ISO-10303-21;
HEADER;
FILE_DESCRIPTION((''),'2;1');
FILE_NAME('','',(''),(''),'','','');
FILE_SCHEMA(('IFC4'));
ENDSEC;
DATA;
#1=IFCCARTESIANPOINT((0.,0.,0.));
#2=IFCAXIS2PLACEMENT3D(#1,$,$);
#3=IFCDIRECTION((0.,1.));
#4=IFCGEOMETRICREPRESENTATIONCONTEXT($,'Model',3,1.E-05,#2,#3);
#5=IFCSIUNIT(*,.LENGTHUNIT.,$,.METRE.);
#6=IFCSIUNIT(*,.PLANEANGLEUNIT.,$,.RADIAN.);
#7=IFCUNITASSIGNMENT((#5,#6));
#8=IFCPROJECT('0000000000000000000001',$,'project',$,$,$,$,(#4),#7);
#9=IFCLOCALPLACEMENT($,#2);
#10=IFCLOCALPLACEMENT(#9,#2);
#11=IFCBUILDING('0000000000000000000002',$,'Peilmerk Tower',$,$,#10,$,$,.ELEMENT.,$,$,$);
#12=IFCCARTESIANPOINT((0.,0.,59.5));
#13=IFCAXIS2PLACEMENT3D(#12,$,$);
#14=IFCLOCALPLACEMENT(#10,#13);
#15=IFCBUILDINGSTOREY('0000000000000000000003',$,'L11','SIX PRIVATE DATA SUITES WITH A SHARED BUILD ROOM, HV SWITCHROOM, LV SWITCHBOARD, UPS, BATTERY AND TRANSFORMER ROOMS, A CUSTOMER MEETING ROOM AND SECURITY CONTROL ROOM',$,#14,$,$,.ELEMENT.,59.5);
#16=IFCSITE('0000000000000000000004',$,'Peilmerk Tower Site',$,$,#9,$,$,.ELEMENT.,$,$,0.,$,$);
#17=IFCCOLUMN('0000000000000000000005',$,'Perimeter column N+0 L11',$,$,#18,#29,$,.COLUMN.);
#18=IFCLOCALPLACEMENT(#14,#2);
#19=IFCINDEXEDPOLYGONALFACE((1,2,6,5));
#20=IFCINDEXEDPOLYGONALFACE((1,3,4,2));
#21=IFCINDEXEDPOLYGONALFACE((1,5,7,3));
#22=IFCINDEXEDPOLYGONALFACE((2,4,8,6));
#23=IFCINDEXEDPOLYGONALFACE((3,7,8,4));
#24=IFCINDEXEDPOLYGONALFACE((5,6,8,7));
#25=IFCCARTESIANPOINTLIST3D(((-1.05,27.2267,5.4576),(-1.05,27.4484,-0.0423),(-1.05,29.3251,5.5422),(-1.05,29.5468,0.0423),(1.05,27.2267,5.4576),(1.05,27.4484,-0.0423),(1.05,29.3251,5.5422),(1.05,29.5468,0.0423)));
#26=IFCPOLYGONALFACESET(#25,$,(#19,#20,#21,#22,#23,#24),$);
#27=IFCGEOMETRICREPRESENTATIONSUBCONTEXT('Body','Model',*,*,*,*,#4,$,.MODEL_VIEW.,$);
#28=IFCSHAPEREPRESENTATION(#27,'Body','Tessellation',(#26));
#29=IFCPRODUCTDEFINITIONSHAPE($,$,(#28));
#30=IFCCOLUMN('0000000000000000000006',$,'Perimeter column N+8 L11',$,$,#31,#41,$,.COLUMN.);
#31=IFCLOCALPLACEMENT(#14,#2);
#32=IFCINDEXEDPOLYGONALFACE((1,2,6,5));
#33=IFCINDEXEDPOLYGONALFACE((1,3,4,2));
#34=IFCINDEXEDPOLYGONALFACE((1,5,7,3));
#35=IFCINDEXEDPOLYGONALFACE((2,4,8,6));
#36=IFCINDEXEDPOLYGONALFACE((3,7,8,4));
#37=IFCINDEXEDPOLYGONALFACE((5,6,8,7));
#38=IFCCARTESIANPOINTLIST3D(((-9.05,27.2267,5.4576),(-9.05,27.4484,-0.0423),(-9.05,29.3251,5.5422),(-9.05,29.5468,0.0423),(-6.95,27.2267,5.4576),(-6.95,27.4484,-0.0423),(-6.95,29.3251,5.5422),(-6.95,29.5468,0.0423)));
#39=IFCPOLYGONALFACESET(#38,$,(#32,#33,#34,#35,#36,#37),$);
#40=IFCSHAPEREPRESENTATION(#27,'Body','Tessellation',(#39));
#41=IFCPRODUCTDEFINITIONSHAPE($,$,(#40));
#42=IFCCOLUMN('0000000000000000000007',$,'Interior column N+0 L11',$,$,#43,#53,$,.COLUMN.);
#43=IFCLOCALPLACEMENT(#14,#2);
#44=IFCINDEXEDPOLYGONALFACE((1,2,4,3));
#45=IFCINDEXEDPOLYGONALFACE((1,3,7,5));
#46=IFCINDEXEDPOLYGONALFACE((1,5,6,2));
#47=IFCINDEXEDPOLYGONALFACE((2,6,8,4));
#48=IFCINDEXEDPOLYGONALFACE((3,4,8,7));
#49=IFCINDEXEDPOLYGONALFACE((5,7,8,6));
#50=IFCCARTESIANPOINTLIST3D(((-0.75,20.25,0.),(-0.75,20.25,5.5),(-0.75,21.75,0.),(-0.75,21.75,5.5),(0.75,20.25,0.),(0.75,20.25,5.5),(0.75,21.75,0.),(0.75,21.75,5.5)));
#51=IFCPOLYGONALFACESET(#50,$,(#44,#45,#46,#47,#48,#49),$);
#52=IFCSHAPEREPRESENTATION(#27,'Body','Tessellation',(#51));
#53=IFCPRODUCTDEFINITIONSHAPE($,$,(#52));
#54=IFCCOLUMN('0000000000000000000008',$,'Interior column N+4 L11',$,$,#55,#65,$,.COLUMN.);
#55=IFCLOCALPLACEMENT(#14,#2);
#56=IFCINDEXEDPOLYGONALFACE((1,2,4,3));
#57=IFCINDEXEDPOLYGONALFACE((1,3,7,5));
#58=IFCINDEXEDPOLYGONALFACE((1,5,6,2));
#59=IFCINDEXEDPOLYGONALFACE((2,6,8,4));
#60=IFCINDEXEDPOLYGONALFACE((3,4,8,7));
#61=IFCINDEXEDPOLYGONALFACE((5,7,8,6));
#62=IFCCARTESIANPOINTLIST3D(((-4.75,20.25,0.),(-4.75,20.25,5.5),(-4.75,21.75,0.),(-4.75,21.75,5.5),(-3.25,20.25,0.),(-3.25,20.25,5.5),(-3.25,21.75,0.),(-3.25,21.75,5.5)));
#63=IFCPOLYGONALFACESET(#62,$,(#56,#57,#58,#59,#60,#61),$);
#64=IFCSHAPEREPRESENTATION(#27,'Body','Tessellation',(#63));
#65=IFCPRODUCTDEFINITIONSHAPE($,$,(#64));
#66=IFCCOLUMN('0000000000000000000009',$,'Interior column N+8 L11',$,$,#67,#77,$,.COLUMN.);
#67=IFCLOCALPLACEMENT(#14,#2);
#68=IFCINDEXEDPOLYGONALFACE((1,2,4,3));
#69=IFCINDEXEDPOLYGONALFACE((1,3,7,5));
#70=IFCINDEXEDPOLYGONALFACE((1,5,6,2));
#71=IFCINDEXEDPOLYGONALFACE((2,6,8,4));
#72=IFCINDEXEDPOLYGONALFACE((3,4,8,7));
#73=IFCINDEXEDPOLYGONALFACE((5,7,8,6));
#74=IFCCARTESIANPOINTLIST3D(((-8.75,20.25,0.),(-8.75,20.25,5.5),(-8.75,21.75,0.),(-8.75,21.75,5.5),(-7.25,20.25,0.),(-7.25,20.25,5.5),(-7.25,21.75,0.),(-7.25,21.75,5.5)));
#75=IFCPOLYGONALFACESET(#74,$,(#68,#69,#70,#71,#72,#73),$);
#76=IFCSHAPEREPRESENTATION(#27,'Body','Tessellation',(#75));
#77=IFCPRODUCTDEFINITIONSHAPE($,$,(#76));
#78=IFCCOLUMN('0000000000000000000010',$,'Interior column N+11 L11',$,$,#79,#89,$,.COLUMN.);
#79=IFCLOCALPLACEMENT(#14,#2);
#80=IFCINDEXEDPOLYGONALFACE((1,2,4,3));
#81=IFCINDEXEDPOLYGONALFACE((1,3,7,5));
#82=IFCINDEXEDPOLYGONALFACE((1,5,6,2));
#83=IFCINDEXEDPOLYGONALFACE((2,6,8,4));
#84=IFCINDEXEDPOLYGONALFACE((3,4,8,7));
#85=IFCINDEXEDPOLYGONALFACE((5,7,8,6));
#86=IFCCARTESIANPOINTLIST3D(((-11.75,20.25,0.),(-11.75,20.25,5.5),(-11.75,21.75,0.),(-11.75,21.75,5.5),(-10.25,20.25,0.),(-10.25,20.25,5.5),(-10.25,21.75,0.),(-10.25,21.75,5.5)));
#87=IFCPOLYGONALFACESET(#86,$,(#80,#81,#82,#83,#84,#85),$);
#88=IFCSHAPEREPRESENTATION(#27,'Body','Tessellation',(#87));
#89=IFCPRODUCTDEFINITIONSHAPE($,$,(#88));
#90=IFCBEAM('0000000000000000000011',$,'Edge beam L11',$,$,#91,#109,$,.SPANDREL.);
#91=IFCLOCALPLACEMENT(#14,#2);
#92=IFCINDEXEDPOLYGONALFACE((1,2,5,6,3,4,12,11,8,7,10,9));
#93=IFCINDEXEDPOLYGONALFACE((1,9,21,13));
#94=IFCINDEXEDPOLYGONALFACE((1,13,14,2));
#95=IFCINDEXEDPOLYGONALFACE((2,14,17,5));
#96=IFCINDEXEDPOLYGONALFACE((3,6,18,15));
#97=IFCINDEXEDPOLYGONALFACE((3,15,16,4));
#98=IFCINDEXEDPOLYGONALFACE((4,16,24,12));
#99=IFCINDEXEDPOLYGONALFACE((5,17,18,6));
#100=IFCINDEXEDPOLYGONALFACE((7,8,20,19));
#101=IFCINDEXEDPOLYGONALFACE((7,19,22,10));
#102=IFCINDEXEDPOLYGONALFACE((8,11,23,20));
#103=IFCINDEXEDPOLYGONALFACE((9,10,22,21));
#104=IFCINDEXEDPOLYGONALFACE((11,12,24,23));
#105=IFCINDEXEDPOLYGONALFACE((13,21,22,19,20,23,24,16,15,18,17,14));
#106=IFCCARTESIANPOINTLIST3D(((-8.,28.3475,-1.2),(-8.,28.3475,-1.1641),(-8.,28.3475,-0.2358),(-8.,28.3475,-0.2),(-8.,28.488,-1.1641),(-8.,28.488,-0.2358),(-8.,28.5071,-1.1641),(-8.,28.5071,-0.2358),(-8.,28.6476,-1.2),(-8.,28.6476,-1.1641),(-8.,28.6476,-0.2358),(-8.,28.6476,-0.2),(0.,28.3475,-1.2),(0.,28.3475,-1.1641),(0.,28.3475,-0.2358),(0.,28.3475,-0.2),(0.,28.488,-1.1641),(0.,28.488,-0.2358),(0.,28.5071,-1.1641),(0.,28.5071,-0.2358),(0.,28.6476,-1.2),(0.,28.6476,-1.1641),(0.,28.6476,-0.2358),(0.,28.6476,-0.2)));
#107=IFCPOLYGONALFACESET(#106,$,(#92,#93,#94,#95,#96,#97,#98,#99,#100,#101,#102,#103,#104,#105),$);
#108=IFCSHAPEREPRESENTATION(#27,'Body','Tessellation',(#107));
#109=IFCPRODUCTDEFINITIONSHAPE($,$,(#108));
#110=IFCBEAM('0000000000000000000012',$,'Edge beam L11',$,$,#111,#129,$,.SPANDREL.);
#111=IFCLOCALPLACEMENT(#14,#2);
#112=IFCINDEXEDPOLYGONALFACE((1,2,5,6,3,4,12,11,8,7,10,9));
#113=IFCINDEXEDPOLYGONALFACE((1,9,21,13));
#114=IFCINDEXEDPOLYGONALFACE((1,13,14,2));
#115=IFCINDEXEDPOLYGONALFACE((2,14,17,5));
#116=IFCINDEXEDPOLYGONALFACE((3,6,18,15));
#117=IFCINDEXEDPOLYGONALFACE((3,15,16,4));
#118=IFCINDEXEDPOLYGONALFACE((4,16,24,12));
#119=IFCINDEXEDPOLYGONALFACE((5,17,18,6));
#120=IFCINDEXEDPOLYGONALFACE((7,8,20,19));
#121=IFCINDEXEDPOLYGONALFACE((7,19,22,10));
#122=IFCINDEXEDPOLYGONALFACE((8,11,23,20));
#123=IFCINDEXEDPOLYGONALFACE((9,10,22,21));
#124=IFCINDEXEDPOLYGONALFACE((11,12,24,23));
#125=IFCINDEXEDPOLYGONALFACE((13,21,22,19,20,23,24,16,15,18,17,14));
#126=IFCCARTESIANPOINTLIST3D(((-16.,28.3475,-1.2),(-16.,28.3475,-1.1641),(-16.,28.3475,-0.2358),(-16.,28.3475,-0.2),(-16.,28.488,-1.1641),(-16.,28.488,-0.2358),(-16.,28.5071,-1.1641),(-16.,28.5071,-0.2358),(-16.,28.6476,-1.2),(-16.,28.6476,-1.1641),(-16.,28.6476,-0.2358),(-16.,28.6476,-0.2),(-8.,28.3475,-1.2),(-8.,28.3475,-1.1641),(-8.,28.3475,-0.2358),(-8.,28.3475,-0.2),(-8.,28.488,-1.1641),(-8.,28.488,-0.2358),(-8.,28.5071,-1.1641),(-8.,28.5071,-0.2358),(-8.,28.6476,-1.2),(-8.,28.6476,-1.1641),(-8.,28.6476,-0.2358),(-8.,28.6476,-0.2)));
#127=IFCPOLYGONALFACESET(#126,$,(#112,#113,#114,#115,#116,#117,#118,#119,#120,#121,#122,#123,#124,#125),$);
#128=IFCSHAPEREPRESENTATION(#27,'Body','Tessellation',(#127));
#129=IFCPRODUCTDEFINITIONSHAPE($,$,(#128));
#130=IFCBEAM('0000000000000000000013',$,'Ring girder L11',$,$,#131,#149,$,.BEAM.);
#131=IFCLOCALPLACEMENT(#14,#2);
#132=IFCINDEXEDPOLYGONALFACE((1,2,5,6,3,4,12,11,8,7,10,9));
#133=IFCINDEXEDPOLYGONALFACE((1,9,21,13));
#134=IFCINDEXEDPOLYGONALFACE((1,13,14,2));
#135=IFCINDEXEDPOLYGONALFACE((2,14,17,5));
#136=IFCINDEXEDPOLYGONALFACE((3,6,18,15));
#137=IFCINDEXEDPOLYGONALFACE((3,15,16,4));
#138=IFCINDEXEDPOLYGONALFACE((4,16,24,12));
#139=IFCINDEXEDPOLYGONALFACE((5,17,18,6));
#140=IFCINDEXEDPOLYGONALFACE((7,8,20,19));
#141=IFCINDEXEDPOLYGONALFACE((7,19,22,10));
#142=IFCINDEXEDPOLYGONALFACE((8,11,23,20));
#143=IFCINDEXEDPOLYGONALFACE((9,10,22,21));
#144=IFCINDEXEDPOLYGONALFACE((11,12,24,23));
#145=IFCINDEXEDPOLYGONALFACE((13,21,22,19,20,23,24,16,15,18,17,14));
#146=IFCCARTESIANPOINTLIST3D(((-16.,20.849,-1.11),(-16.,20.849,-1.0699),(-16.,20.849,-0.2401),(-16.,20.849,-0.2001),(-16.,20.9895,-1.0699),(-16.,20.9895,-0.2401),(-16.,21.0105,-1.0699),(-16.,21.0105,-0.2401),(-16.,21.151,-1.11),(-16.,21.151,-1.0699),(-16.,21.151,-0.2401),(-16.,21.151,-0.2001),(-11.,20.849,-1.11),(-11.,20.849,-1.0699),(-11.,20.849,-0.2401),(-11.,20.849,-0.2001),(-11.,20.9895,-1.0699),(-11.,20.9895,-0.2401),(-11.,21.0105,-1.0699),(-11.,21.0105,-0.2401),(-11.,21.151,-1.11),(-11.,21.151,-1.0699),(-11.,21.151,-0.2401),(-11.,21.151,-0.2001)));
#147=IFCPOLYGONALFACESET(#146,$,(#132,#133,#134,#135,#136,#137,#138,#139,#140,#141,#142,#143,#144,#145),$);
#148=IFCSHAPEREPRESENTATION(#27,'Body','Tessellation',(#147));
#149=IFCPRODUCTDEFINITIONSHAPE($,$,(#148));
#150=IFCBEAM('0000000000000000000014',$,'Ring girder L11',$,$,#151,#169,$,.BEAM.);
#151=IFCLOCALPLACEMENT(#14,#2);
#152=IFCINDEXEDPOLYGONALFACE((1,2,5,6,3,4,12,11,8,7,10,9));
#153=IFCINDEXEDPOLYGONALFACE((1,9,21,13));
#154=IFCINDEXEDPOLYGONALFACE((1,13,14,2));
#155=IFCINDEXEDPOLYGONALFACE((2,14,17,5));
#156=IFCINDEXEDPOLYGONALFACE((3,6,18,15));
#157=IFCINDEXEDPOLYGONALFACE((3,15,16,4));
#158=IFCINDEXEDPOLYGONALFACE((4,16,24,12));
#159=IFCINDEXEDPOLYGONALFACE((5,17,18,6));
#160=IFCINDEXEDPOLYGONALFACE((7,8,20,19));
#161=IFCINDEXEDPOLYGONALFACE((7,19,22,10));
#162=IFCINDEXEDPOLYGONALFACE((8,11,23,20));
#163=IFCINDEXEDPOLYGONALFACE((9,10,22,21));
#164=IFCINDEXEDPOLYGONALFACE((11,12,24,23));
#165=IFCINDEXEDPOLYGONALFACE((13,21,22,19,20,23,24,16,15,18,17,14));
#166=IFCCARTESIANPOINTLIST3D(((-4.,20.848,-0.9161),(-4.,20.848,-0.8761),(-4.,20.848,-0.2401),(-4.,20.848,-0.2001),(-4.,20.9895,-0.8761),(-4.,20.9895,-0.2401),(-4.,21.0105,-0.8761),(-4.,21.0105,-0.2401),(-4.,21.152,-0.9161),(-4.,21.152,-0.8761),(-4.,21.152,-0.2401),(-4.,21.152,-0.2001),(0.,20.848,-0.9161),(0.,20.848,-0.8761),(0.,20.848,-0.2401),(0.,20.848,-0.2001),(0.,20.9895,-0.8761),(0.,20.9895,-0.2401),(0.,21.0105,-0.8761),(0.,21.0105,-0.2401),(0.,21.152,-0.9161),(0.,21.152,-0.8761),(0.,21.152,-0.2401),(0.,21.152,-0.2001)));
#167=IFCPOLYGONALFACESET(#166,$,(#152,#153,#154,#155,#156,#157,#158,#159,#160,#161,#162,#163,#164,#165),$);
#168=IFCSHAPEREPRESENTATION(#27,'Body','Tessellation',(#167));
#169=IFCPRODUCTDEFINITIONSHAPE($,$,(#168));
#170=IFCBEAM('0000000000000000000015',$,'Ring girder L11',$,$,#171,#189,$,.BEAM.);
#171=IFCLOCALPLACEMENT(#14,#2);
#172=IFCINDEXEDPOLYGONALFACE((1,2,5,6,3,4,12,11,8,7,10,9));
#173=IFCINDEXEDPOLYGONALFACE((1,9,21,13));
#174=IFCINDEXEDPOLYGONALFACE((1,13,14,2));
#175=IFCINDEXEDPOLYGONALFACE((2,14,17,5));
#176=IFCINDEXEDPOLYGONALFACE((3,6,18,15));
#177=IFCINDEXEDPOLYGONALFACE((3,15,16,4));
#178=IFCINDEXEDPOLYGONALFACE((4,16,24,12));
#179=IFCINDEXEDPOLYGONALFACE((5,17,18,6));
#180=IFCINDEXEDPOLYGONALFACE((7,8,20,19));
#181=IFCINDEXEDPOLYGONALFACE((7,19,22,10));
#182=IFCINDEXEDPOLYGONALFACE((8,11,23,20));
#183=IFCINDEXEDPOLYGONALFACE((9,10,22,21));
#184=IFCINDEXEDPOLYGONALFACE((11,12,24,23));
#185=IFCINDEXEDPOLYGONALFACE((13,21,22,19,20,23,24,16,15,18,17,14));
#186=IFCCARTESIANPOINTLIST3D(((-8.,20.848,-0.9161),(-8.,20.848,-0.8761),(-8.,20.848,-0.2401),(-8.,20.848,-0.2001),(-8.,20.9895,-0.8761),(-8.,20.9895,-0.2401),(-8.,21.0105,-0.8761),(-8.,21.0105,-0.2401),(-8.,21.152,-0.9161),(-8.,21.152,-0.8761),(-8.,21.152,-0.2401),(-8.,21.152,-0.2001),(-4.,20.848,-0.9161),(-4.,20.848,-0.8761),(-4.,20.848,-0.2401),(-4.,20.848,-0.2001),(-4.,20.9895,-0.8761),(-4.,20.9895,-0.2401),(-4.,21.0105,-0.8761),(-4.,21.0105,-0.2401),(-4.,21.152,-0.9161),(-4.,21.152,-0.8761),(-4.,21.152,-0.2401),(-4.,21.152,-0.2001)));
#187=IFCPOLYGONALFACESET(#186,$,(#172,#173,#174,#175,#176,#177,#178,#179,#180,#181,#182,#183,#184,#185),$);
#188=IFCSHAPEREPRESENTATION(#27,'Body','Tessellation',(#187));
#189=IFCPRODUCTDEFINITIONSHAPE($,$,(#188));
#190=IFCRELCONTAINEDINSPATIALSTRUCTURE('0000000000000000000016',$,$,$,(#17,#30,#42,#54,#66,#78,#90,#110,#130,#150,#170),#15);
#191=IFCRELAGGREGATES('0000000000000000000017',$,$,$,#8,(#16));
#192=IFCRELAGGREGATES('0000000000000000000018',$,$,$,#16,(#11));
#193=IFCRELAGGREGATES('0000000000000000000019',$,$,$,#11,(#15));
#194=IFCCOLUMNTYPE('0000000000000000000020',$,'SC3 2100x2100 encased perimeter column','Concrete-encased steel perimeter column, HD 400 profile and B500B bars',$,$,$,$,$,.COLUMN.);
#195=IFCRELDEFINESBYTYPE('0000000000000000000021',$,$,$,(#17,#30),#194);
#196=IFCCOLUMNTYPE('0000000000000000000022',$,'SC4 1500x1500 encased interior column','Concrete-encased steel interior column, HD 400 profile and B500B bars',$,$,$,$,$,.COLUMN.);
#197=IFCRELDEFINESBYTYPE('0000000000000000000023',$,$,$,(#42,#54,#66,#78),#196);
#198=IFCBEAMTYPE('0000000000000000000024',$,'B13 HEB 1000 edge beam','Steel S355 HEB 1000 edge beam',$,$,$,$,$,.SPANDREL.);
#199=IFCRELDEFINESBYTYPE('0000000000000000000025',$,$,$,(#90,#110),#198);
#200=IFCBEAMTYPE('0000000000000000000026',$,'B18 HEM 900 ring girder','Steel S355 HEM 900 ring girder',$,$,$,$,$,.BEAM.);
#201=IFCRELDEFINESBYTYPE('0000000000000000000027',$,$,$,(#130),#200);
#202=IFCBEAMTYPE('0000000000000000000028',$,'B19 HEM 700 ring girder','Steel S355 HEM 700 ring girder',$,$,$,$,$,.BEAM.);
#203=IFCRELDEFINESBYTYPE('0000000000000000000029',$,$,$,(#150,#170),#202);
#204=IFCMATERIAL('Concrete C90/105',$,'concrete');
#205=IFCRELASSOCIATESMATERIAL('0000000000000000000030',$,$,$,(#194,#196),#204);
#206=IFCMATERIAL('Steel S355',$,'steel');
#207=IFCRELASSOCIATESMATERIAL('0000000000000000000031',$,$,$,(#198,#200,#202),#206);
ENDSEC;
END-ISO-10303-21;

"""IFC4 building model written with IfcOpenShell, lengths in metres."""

from ifc_helpers import new_model, si_unit, direction, frame, origin, origin_2d, place, context, subcontext, project, spatial, rectangle, i_section, extrude, material, material_profile, profile_set, type_object, element, save


model = new_model("IFC4")

# Units and contexts
model_context = context("Model", 3, precision=1e-05, world=origin(), true_north=direction((0.0, 1.0)))
body_context = subcontext(model_context, "Body", "Model", "MODEL_VIEW")
ifc_project = project(units=[si_unit("LENGTHUNIT", "METRE"), si_unit("PLANEANGLEUNIT", "RADIAN")], contexts=[model_context])

# Site, building, storey
site_placement = place(None, origin())
site = spatial("IfcSite", under=ifc_project, at=site_placement, Name="Peilmerk Tower Site", CompositionType="ELEMENT", RefElevation=0.0)
building_placement = place(site_placement, origin())
building = spatial("IfcBuilding", under=site, at=building_placement, Name="Peilmerk Tower", CompositionType="ELEMENT")
storey_placement = place(building_placement, frame((0.0, 0.0, 59.5)))
storey = spatial("IfcBuildingStorey", under=building, at=storey_placement, Name="L11", Description="SIX PRIVATE DATA SUITES WITH A SHARED BUILD ROOM, HV SWITCHROOM, LV SWITCHBOARD, UPS, BATTERY AND TRANSFORMER ROOMS, A CUSTOMER MEETING ROOM AND SECURITY CONTROL ROOM", CompositionType="ELEMENT", Elevation=59.5)

# Columns
ifc_material_1 = material(Name="Concrete C90/105", Category="concrete")
ifc_material_profile_1 = material_profile(ifc_material_1, rectangle(XDim=2.1001, YDim=2.1001, at=origin_2d()), Name="RC 2100x2100")
ifc_profile_set_1 = profile_set([ifc_material_profile_1], Name="Concrete C90/105")
column_type_1 = type_object("IfcColumnType", Name="SC3 2100x2100 encased perimeter column", Description="Concrete-encased steel perimeter column, HD 400 profile and B500B bars", PredefinedType="COLUMN", material=ifc_profile_set_1)
for number, where, z_axis, x_axis, name in (
    (1, (0.0, 28.4976, 0.0), (0.0, -0.040273, 0.999189), (1.0, 0.0, 0.0), "Perimeter column N+0 L11"),
    (2, (-8.0, 28.4976, 0.0), (0.0, -0.040273, 0.999189), (1.0, 0.0, 0.0), "Perimeter column N+8 L11"),
):
    element("IfcColumn", number, at=place(storey_placement, frame(where, z_axis=z_axis, x_axis=x_axis)), inside=storey, type_object=column_type_1, Name=name, PredefinedType="COLUMN", context=body_context, shape_type="SweptSolid", body=[
        extrude(rectangle(XDim=2.1001, YDim=2.1001, at=origin_2d()), origin(), (0.0, 0.0, 1.0), 5.5044),
    ])
ifc_material_profile_2 = material_profile(ifc_material_1, rectangle(XDim=1.5, YDim=1.5, at=origin_2d()), Name="RC 1500x1500")
ifc_profile_set_2 = profile_set([ifc_material_profile_2], Name="Concrete C90/105")
column_type_2 = type_object("IfcColumnType", Name="SC4 1500x1500 encased interior column", Description="Concrete-encased steel interior column, HD 400 profile and B500B bars", PredefinedType="COLUMN", material=ifc_profile_set_2)
for number, where, z_axis, x_axis, name in (
    (3, (0.0, 21.0, 0.0), (0.0, 0.0, 1.0), (1.0, 0.0, 0.0), "Interior column N+0 L11"),
    (4, (-4.0, 21.0, 0.0), (0.0, 0.0, 1.0), (1.0, 0.0, 0.0), "Interior column N+4 L11"),
    (5, (-8.0, 21.0, 0.0), (0.0, 0.0, 1.0), (1.0, 0.0, 0.0), "Interior column N+8 L11"),
    (6, (-11.0, 21.0, 0.0), (0.0, 0.0, 1.0), (1.0, 0.0, 0.0), "Interior column N+11 L11"),
):
    element("IfcColumn", number, at=place(storey_placement, frame(where, z_axis=z_axis, x_axis=x_axis)), inside=storey, type_object=column_type_2, Name=name, PredefinedType="COLUMN", context=body_context, shape_type="SweptSolid", body=[
        extrude(rectangle(XDim=1.5, YDim=1.5, at=origin_2d()), origin(), (0.0, 0.0, 1.0), 5.5),
    ])

# Beams
ifc_material_2 = material(Name="Steel S355", Category="steel")
ifc_material_profile_3 = material_profile(ifc_material_2, i_section(OverallWidth=0.3, OverallDepth=1.0, WebThickness=0.019, FlangeThickness=0.0359, at=origin_2d()), Name="HEB 1000")
ifc_profile_set_3 = profile_set([ifc_material_profile_3], Name="Steel S355")
beam_type_1 = type_object("IfcBeamType", Name="B13 HEB 1000 edge beam", Description="Steel S355 HEB 1000 edge beam", PredefinedType="SPANDREL", material=ifc_profile_set_3)
for number, where, z_axis, x_axis, name in (
    (7, (0.0, 28.4976, -0.7), (-1.0, 0.0, 0.0), (0.0, -1.0, 0.0), "Edge beam L11"),
    (8, (-8.0, 28.4976, -0.7), (-1.0, 0.0, 0.0), (0.0, -1.0, 0.0), "Edge beam L11"),
):
    element("IfcBeam", number, at=place(storey_placement, frame(where, z_axis=z_axis, x_axis=x_axis)), inside=storey, type_object=beam_type_1, Name=name, PredefinedType="SPANDREL", context=body_context, shape_type="SweptSolid", body=[
        extrude(i_section(OverallWidth=0.3, OverallDepth=1.0, WebThickness=0.019, FlangeThickness=0.0359, at=origin_2d()), origin(), (0.0, 0.0, 1.0), 8.0),
    ])
ifc_material_profile_4 = material_profile(ifc_material_2, i_section(OverallWidth=0.302, OverallDepth=0.9099, WebThickness=0.021, FlangeThickness=0.04, at=origin_2d()), Name="HEM 900")
ifc_profile_set_4 = profile_set([ifc_material_profile_4], Name="Steel S355")
beam_type_2 = type_object("IfcBeamType", Name="B18 HEM 900 ring girder", Description="Steel S355 HEM 900 ring girder", PredefinedType="BEAM", material=ifc_profile_set_4)
beam_1_placement = place(storey_placement, frame((-11.0, 21.0, -0.655), z_axis=(-1.0, 0.0, 0.0), x_axis=(0.0, -1.0, 0.0)))
element("IfcBeam", 9, at=beam_1_placement, inside=storey, type_object=beam_type_2, Name="Ring girder L11", PredefinedType="BEAM", context=body_context, shape_type="SweptSolid", body=[
    extrude(i_section(OverallWidth=0.302, OverallDepth=0.9099, WebThickness=0.021, FlangeThickness=0.04, at=origin_2d()), origin(), (0.0, 0.0, 1.0), 5.0),
])
ifc_material_profile_5 = material_profile(ifc_material_2, i_section(OverallWidth=0.304, OverallDepth=0.7161, WebThickness=0.021, FlangeThickness=0.04, at=origin_2d()), Name="HEM 700")
ifc_profile_set_5 = profile_set([ifc_material_profile_5], Name="Steel S355")
beam_type_3 = type_object("IfcBeamType", Name="B19 HEM 700 ring girder", Description="Steel S355 HEM 700 ring girder", PredefinedType="BEAM", material=ifc_profile_set_5)
for number, where, z_axis, x_axis, name in (
    (10, (0.0, 21.0, -0.5581), (-1.0, 0.0, 0.0), (0.0, -1.0, 0.0), "Ring girder L11"),
    (11, (-4.0, 21.0, -0.5581), (-1.0, 0.0, 0.0), (0.0, -1.0, 0.0), "Ring girder L11"),
):
    element("IfcBeam", number, at=place(storey_placement, frame(where, z_axis=z_axis, x_axis=x_axis)), inside=storey, type_object=beam_type_3, Name=name, PredefinedType="BEAM", context=body_context, shape_type="SweptSolid", body=[
        extrude(i_section(OverallWidth=0.304, OverallDepth=0.7161, WebThickness=0.021, FlangeThickness=0.04, at=origin_2d()), origin(), (0.0, 0.0, 1.0), 4.0),
    ])

save(model, "model.ifc")
